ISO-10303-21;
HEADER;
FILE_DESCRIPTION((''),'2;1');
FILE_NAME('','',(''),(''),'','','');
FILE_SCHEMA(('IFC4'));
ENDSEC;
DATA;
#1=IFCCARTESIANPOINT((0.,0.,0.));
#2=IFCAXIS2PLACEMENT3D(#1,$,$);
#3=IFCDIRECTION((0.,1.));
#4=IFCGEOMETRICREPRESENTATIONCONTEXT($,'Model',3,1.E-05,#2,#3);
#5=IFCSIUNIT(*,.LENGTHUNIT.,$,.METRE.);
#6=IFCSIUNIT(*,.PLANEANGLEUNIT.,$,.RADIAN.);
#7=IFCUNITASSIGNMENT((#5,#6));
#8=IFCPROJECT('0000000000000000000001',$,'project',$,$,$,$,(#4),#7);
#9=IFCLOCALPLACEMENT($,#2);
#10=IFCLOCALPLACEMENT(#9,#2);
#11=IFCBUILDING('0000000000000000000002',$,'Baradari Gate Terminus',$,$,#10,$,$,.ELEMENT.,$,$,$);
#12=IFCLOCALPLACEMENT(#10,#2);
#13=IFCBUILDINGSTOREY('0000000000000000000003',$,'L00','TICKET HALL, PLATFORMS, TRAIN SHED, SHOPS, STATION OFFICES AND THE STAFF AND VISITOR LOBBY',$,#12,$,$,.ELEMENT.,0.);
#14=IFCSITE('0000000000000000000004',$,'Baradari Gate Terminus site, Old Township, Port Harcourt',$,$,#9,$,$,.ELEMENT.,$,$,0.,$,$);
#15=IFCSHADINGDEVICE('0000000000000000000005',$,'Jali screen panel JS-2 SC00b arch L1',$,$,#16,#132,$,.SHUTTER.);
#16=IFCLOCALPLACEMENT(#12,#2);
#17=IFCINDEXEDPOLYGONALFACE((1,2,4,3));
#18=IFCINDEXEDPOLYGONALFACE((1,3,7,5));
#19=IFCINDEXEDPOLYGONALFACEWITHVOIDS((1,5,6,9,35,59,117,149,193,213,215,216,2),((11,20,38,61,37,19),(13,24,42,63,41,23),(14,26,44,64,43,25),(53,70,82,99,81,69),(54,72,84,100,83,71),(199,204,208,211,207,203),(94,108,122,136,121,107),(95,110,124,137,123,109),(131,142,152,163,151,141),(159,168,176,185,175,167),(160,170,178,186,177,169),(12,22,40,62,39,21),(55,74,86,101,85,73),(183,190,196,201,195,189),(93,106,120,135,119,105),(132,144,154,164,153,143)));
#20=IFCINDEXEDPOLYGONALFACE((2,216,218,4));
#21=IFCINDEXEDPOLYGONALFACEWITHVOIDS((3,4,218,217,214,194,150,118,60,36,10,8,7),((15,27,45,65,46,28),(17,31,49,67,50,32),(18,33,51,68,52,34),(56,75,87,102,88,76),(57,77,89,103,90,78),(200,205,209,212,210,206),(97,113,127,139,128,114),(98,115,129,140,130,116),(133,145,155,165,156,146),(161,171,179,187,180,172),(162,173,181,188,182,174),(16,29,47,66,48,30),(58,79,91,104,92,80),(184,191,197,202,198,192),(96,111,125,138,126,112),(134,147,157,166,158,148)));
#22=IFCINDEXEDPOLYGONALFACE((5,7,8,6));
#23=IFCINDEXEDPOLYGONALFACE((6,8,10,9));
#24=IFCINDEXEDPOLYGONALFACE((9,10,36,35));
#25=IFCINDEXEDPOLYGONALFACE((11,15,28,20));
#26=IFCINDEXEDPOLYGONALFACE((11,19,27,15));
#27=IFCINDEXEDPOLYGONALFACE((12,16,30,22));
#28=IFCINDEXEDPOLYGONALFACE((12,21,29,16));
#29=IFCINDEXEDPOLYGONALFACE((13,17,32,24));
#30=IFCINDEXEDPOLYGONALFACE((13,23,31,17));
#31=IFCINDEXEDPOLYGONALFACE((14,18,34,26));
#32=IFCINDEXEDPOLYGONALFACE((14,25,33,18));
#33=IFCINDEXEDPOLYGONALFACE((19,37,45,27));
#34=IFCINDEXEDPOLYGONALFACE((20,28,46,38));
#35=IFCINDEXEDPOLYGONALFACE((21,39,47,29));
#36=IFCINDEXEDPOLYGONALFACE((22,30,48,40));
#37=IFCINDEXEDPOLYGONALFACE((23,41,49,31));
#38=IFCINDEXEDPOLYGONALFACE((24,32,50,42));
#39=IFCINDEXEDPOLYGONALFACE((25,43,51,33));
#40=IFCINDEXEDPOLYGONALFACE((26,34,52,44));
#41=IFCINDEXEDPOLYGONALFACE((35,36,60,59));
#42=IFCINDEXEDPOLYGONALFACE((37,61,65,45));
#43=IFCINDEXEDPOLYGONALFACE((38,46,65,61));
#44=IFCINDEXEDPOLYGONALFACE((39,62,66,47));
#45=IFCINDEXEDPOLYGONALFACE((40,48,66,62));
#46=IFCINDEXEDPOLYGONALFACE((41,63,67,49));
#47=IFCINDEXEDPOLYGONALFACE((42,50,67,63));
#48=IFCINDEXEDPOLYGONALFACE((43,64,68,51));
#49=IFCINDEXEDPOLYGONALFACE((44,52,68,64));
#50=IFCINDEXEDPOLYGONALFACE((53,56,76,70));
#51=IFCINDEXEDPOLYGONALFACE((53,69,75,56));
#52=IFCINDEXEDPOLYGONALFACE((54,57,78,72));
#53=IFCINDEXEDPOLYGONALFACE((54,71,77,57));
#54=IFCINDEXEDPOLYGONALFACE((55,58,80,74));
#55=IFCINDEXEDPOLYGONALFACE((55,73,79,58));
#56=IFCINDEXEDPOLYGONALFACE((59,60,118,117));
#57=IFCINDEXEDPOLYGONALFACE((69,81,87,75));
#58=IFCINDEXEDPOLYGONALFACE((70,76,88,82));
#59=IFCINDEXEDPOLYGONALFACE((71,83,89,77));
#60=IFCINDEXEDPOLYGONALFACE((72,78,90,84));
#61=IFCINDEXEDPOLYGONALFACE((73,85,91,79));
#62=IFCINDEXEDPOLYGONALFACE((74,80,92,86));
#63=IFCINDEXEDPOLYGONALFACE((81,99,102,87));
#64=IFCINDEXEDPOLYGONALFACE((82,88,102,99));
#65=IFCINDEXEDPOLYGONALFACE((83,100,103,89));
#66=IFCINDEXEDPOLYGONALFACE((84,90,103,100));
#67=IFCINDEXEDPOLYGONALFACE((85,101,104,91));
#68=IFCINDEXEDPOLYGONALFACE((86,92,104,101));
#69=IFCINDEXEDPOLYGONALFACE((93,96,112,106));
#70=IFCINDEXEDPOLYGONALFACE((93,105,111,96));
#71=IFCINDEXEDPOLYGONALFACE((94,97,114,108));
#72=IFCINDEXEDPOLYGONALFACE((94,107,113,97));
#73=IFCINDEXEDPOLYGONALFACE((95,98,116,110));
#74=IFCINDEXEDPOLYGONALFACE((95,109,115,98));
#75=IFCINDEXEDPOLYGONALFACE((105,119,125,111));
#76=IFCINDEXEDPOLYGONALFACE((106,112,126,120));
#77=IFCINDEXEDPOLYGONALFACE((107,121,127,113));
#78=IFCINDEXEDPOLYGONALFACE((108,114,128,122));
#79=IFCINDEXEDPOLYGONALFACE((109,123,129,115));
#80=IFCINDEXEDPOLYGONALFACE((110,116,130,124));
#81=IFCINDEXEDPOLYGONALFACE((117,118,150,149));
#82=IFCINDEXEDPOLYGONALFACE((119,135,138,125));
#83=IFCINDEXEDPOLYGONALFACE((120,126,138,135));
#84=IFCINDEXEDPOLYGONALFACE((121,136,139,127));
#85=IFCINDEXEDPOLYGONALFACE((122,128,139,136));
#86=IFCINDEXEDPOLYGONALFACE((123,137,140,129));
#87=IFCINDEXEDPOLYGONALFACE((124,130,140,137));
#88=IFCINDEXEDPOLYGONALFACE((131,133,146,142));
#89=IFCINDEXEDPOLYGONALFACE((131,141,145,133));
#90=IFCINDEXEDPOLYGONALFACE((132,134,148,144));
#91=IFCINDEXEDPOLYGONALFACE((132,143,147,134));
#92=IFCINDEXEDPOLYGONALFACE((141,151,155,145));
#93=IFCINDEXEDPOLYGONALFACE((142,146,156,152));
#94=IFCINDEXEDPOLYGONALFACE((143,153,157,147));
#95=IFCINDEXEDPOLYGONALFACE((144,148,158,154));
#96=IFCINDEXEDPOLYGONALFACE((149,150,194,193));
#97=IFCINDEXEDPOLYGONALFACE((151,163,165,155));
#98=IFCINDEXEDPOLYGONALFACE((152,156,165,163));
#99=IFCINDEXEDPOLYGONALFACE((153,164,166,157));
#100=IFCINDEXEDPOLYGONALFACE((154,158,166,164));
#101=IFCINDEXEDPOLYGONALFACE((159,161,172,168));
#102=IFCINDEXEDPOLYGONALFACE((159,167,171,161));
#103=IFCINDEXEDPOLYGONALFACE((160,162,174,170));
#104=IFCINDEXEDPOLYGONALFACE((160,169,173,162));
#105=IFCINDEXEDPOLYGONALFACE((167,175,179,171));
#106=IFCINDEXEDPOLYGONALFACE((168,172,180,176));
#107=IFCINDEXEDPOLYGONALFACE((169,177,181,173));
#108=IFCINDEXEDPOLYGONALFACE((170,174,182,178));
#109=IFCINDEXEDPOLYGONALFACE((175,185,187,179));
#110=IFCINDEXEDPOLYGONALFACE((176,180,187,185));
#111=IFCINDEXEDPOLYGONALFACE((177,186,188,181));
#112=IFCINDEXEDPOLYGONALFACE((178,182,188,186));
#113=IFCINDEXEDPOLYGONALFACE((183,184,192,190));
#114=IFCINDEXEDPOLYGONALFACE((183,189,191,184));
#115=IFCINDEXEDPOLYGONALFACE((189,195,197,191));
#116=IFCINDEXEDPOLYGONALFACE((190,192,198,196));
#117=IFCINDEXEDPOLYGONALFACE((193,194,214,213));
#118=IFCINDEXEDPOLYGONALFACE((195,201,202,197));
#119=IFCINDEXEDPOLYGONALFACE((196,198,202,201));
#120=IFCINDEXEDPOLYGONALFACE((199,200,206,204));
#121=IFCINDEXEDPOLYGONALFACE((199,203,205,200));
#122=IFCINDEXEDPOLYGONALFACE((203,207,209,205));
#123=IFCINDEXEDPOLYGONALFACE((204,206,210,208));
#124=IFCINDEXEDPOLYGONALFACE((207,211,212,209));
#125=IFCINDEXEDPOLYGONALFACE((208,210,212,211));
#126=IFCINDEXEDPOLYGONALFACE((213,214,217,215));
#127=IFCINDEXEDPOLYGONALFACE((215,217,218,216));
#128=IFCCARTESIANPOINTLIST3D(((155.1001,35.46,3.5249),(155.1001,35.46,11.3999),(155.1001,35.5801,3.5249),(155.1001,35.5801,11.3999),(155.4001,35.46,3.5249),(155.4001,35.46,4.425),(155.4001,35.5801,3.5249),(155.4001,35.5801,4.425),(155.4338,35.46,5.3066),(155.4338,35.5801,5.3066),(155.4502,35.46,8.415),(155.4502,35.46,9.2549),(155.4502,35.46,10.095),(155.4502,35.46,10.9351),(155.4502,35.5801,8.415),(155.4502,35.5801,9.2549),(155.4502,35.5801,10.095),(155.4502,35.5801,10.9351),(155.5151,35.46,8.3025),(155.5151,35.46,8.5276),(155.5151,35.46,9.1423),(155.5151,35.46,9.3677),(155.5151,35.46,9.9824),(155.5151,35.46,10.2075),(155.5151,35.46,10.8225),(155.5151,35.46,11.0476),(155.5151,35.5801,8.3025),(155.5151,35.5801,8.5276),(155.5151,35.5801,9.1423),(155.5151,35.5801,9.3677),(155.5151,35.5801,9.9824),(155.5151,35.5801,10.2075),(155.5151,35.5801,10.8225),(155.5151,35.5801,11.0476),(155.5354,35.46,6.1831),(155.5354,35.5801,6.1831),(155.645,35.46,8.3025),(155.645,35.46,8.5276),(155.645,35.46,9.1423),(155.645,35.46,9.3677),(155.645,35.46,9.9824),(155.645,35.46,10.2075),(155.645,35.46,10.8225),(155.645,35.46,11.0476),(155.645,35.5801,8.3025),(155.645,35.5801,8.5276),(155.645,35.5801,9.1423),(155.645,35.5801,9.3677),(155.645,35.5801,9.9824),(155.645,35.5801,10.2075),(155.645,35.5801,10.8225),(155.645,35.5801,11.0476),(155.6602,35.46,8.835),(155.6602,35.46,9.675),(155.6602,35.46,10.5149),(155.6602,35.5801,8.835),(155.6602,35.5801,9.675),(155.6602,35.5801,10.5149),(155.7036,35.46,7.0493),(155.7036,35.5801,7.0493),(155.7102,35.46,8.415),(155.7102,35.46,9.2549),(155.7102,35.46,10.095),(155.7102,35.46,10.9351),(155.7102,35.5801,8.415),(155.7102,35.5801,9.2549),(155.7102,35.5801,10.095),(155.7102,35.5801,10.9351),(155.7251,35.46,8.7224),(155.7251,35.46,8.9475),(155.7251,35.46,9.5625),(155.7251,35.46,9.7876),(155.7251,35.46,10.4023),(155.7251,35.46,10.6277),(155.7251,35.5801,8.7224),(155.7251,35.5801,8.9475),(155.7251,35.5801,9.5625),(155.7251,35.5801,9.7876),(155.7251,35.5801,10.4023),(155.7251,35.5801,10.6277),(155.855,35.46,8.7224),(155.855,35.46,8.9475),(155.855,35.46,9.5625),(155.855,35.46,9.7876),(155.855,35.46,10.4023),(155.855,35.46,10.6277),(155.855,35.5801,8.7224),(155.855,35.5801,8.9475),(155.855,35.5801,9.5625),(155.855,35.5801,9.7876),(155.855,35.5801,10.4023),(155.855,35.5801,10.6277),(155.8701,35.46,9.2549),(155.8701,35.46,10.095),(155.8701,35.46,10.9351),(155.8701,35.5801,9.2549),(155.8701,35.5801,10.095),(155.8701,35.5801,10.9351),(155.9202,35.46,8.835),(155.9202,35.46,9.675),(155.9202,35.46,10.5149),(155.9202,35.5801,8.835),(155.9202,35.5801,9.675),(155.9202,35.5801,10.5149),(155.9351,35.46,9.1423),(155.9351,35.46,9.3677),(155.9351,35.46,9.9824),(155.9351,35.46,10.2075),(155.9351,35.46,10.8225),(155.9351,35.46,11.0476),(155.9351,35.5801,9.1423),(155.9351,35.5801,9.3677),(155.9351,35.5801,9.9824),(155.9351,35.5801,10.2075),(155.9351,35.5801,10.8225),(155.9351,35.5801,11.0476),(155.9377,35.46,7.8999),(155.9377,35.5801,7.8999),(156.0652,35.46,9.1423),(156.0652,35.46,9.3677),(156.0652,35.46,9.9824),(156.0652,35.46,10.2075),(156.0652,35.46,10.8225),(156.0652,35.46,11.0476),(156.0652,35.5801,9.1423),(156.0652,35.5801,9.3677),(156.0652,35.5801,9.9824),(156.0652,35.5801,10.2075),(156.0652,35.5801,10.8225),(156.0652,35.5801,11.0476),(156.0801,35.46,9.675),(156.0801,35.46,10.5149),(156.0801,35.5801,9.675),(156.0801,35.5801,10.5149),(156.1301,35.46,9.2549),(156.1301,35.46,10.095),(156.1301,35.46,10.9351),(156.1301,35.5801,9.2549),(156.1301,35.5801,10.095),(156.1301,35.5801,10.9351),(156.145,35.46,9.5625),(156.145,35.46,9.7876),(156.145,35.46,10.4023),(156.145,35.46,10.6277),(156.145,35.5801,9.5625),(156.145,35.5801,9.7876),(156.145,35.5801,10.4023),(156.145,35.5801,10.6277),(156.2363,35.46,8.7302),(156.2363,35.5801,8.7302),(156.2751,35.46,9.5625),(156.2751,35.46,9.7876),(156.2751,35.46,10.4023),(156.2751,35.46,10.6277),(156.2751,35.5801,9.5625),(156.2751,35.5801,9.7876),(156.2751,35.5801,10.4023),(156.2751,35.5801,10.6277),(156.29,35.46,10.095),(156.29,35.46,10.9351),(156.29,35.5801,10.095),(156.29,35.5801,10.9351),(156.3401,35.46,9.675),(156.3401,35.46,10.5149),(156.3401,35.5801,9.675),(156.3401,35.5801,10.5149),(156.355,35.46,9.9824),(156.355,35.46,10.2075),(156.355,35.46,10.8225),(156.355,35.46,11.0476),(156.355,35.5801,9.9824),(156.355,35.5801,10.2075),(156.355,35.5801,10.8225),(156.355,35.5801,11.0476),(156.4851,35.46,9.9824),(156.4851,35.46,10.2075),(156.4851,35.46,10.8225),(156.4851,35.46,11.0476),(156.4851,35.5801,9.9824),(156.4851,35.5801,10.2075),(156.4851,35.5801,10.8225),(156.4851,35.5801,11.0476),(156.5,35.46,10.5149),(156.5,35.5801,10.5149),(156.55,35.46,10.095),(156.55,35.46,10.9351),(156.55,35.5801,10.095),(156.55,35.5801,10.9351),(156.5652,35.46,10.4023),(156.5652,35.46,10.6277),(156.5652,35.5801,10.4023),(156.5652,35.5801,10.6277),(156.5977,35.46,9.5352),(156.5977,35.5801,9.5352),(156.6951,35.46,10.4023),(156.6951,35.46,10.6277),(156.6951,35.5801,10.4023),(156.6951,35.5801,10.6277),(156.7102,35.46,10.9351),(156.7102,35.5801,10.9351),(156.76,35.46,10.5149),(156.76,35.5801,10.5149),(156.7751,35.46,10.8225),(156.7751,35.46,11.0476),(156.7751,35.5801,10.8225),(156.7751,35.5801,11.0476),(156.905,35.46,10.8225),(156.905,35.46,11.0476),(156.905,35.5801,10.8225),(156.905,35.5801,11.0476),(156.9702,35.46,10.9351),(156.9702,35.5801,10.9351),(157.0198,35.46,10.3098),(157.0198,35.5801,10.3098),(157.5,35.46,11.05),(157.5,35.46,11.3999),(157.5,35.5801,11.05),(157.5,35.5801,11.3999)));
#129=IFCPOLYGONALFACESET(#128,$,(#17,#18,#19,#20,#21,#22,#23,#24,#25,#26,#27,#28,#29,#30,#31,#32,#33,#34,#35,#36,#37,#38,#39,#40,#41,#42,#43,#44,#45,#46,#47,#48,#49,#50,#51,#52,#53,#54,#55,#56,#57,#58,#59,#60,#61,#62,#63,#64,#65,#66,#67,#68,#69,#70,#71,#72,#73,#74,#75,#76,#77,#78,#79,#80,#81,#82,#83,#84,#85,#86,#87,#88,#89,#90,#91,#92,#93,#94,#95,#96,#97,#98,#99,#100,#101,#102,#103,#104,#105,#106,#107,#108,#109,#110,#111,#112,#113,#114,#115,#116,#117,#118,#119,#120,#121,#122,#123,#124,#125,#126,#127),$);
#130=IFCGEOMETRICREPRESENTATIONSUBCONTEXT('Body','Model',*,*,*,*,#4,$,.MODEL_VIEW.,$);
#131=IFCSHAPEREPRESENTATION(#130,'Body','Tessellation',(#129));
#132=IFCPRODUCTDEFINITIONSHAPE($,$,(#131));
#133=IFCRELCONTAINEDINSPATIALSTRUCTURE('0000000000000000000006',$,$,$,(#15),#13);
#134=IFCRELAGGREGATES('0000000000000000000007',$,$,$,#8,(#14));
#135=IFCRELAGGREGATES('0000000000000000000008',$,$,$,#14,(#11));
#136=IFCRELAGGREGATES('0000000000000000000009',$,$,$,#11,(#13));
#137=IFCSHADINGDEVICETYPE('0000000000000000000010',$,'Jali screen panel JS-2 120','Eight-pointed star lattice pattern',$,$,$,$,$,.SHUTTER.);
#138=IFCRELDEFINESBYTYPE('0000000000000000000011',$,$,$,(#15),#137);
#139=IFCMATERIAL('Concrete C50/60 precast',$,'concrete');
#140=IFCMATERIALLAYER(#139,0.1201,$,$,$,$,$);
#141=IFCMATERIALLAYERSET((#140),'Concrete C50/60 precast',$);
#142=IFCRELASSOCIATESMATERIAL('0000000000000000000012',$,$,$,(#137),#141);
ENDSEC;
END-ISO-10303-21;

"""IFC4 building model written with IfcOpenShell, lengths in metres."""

from ifc_helpers import new_model, si_unit, direction, frame, origin, place, context, subcontext, project, spatial, polyline, outline, extrude, material, layer, layer_set, type_object, element, save


model = new_model("IFC4")

# Units and contexts
model_context = context("Model", 3, precision=1e-05, world=origin(), true_north=direction((0.0, 1.0)))
body_context = subcontext(model_context, "Body", "Model", "MODEL_VIEW")
ifc_project = project(units=[si_unit("LENGTHUNIT", "METRE"), si_unit("PLANEANGLEUNIT", "RADIAN")], contexts=[model_context])

# Site, building, storey
site_placement = place(None, origin())
site = spatial("IfcSite", under=ifc_project, at=site_placement, Name="Baradari Gate Terminus site, Old Township, Port Harcourt", CompositionType="ELEMENT", RefElevation=0.0)
building_placement = place(site_placement, origin())
building = spatial("IfcBuilding", under=site, at=building_placement, Name="Baradari Gate Terminus", CompositionType="ELEMENT")
storey_placement = place(building_placement, origin())
storey = spatial("IfcBuildingStorey", under=building, at=storey_placement, Name="L00", Description="TICKET HALL, PLATFORMS, TRAIN SHED, SHOPS, STATION OFFICES AND THE STAFF AND VISITOR LOBBY", CompositionType="ELEMENT", Elevation=0.0)

# Shading device
ifc_material_1 = material(Name="Concrete C50/60 precast", Category="concrete")
ifc_layer_1 = layer(ifc_material_1, 0.1201)
ifc_layer_set_1 = layer_set([ifc_layer_1], Name="Concrete C50/60 precast")
shading_device_type = type_object("IfcShadingDeviceType", Name="Jali screen panel JS-2 120", Description="Eight-pointed star lattice pattern", PredefinedType="SHUTTER", material=ifc_layer_set_1)
shading_device_1_placement = place(storey_placement, frame((155.1001, 35.52, 3.5249), z_axis=(0.0, 0.0, 1.0), x_axis=(1.0, 0.0, 0.0)))
element("IfcShadingDevice", 1, at=shading_device_1_placement, inside=storey, type_object=shading_device_type, Name="Jali screen panel JS-2 SC00b arch L1", PredefinedType="SHUTTER", context=body_context, shape_type="SweptSolid", body=[
    extrude(outline(polyline([(0.0, 0.0), (0.3, 0.0), (0.3, 0.9001), (0.3337, 1.7817), (0.4353, 2.6582), (0.6035, 3.5244), (0.8376, 4.375), (1.1362, 5.2053), (1.4976, 6.0103), (1.9197, 6.7849), (2.3999, 7.5251), (2.3999, 7.875), (0.0, 7.875), (0.0, 0.0)]), holes=[polyline([(0.6101, 4.8901), (0.5449, 4.7776), (0.415, 4.7776), (0.3501, 4.8901), (0.415, 5.0027), (0.5449, 5.0027), (0.6101, 4.8901)]), polyline([(0.8201, 5.3101), (0.7549, 5.1975), (0.625, 5.1975), (0.5601, 5.3101), (0.625, 5.4226), (0.7549, 5.4226), (0.8201, 5.3101)]), polyline([(0.6101, 5.73), (0.5449, 5.6174), (0.415, 5.6174), (0.3501, 5.73), (0.415, 5.8428), (0.5449, 5.8428), (0.6101, 5.73)]), polyline([(1.03, 5.73), (0.9651, 5.6174), (0.835, 5.6174), (0.77, 5.73), (0.835, 5.8428), (0.9651, 5.8428), (1.03, 5.73)]), polyline([(0.8201, 6.1501), (0.7549, 6.0376), (0.625, 6.0376), (0.5601, 6.1501), (0.625, 6.2627), (0.7549, 6.2627), (0.8201, 6.1501)]), polyline([(1.24, 6.1501), (1.175, 6.0376), (1.0449, 6.0376), (0.98, 6.1501), (1.0449, 6.2627), (1.175, 6.2627), (1.24, 6.1501)]), polyline([(0.6101, 6.5701), (0.5449, 6.4575), (0.415, 6.4575), (0.3501, 6.5701), (0.415, 6.6826), (0.5449, 6.6826), (0.6101, 6.5701)]), polyline([(1.03, 6.5701), (0.9651, 6.4575), (0.835, 6.4575), (0.77, 6.5701), (0.835, 6.6826), (0.9651, 6.6826), (1.03, 6.5701)]), polyline([(1.45, 6.5701), (1.385, 6.4575), (1.2549, 6.4575), (1.1899, 6.5701), (1.2549, 6.6826), (1.385, 6.6826), (1.45, 6.5701)]), polyline([(0.8201, 6.99), (0.7549, 6.8774), (0.625, 6.8774), (0.5601, 6.99), (0.625, 7.1028), (0.7549, 7.1028), (0.8201, 6.99)]), polyline([(1.24, 6.99), (1.175, 6.8774), (1.0449, 6.8774), (0.98, 6.99), (1.0449, 7.1028), (1.175, 7.1028), (1.24, 6.99)]), polyline([(1.6599, 6.99), (1.595, 6.8774), (1.4651, 6.8774), (1.3999, 6.99), (1.4651, 7.1028), (1.595, 7.1028), (1.6599, 6.99)]), polyline([(0.6101, 7.4102), (0.5449, 7.2976), (0.415, 7.2976), (0.3501, 7.4102), (0.415, 7.5227), (0.5449, 7.5227), (0.6101, 7.4102)]), polyline([(1.03, 7.4102), (0.9651, 7.2976), (0.835, 7.2976), (0.77, 7.4102), (0.835, 7.5227), (0.9651, 7.5227), (1.03, 7.4102)]), polyline([(1.45, 7.4102), (1.385, 7.2976), (1.2549, 7.2976), (1.1899, 7.4102), (1.2549, 7.5227), (1.385, 7.5227), (1.45, 7.4102)]), polyline([(1.8701, 7.4102), (1.8049, 7.2976), (1.675, 7.2976), (1.6101, 7.4102), (1.675, 7.5227), (1.8049, 7.5227), (1.8701, 7.4102)])]), frame((0.0, 0.0601, 0.0), z_axis=(0.0, -1.0, 0.0), x_axis=(1.0, 0.0, 0.0)), (0.0, 0.0, 1.0), 0.1201),
])

save(model, "model.ifc")
